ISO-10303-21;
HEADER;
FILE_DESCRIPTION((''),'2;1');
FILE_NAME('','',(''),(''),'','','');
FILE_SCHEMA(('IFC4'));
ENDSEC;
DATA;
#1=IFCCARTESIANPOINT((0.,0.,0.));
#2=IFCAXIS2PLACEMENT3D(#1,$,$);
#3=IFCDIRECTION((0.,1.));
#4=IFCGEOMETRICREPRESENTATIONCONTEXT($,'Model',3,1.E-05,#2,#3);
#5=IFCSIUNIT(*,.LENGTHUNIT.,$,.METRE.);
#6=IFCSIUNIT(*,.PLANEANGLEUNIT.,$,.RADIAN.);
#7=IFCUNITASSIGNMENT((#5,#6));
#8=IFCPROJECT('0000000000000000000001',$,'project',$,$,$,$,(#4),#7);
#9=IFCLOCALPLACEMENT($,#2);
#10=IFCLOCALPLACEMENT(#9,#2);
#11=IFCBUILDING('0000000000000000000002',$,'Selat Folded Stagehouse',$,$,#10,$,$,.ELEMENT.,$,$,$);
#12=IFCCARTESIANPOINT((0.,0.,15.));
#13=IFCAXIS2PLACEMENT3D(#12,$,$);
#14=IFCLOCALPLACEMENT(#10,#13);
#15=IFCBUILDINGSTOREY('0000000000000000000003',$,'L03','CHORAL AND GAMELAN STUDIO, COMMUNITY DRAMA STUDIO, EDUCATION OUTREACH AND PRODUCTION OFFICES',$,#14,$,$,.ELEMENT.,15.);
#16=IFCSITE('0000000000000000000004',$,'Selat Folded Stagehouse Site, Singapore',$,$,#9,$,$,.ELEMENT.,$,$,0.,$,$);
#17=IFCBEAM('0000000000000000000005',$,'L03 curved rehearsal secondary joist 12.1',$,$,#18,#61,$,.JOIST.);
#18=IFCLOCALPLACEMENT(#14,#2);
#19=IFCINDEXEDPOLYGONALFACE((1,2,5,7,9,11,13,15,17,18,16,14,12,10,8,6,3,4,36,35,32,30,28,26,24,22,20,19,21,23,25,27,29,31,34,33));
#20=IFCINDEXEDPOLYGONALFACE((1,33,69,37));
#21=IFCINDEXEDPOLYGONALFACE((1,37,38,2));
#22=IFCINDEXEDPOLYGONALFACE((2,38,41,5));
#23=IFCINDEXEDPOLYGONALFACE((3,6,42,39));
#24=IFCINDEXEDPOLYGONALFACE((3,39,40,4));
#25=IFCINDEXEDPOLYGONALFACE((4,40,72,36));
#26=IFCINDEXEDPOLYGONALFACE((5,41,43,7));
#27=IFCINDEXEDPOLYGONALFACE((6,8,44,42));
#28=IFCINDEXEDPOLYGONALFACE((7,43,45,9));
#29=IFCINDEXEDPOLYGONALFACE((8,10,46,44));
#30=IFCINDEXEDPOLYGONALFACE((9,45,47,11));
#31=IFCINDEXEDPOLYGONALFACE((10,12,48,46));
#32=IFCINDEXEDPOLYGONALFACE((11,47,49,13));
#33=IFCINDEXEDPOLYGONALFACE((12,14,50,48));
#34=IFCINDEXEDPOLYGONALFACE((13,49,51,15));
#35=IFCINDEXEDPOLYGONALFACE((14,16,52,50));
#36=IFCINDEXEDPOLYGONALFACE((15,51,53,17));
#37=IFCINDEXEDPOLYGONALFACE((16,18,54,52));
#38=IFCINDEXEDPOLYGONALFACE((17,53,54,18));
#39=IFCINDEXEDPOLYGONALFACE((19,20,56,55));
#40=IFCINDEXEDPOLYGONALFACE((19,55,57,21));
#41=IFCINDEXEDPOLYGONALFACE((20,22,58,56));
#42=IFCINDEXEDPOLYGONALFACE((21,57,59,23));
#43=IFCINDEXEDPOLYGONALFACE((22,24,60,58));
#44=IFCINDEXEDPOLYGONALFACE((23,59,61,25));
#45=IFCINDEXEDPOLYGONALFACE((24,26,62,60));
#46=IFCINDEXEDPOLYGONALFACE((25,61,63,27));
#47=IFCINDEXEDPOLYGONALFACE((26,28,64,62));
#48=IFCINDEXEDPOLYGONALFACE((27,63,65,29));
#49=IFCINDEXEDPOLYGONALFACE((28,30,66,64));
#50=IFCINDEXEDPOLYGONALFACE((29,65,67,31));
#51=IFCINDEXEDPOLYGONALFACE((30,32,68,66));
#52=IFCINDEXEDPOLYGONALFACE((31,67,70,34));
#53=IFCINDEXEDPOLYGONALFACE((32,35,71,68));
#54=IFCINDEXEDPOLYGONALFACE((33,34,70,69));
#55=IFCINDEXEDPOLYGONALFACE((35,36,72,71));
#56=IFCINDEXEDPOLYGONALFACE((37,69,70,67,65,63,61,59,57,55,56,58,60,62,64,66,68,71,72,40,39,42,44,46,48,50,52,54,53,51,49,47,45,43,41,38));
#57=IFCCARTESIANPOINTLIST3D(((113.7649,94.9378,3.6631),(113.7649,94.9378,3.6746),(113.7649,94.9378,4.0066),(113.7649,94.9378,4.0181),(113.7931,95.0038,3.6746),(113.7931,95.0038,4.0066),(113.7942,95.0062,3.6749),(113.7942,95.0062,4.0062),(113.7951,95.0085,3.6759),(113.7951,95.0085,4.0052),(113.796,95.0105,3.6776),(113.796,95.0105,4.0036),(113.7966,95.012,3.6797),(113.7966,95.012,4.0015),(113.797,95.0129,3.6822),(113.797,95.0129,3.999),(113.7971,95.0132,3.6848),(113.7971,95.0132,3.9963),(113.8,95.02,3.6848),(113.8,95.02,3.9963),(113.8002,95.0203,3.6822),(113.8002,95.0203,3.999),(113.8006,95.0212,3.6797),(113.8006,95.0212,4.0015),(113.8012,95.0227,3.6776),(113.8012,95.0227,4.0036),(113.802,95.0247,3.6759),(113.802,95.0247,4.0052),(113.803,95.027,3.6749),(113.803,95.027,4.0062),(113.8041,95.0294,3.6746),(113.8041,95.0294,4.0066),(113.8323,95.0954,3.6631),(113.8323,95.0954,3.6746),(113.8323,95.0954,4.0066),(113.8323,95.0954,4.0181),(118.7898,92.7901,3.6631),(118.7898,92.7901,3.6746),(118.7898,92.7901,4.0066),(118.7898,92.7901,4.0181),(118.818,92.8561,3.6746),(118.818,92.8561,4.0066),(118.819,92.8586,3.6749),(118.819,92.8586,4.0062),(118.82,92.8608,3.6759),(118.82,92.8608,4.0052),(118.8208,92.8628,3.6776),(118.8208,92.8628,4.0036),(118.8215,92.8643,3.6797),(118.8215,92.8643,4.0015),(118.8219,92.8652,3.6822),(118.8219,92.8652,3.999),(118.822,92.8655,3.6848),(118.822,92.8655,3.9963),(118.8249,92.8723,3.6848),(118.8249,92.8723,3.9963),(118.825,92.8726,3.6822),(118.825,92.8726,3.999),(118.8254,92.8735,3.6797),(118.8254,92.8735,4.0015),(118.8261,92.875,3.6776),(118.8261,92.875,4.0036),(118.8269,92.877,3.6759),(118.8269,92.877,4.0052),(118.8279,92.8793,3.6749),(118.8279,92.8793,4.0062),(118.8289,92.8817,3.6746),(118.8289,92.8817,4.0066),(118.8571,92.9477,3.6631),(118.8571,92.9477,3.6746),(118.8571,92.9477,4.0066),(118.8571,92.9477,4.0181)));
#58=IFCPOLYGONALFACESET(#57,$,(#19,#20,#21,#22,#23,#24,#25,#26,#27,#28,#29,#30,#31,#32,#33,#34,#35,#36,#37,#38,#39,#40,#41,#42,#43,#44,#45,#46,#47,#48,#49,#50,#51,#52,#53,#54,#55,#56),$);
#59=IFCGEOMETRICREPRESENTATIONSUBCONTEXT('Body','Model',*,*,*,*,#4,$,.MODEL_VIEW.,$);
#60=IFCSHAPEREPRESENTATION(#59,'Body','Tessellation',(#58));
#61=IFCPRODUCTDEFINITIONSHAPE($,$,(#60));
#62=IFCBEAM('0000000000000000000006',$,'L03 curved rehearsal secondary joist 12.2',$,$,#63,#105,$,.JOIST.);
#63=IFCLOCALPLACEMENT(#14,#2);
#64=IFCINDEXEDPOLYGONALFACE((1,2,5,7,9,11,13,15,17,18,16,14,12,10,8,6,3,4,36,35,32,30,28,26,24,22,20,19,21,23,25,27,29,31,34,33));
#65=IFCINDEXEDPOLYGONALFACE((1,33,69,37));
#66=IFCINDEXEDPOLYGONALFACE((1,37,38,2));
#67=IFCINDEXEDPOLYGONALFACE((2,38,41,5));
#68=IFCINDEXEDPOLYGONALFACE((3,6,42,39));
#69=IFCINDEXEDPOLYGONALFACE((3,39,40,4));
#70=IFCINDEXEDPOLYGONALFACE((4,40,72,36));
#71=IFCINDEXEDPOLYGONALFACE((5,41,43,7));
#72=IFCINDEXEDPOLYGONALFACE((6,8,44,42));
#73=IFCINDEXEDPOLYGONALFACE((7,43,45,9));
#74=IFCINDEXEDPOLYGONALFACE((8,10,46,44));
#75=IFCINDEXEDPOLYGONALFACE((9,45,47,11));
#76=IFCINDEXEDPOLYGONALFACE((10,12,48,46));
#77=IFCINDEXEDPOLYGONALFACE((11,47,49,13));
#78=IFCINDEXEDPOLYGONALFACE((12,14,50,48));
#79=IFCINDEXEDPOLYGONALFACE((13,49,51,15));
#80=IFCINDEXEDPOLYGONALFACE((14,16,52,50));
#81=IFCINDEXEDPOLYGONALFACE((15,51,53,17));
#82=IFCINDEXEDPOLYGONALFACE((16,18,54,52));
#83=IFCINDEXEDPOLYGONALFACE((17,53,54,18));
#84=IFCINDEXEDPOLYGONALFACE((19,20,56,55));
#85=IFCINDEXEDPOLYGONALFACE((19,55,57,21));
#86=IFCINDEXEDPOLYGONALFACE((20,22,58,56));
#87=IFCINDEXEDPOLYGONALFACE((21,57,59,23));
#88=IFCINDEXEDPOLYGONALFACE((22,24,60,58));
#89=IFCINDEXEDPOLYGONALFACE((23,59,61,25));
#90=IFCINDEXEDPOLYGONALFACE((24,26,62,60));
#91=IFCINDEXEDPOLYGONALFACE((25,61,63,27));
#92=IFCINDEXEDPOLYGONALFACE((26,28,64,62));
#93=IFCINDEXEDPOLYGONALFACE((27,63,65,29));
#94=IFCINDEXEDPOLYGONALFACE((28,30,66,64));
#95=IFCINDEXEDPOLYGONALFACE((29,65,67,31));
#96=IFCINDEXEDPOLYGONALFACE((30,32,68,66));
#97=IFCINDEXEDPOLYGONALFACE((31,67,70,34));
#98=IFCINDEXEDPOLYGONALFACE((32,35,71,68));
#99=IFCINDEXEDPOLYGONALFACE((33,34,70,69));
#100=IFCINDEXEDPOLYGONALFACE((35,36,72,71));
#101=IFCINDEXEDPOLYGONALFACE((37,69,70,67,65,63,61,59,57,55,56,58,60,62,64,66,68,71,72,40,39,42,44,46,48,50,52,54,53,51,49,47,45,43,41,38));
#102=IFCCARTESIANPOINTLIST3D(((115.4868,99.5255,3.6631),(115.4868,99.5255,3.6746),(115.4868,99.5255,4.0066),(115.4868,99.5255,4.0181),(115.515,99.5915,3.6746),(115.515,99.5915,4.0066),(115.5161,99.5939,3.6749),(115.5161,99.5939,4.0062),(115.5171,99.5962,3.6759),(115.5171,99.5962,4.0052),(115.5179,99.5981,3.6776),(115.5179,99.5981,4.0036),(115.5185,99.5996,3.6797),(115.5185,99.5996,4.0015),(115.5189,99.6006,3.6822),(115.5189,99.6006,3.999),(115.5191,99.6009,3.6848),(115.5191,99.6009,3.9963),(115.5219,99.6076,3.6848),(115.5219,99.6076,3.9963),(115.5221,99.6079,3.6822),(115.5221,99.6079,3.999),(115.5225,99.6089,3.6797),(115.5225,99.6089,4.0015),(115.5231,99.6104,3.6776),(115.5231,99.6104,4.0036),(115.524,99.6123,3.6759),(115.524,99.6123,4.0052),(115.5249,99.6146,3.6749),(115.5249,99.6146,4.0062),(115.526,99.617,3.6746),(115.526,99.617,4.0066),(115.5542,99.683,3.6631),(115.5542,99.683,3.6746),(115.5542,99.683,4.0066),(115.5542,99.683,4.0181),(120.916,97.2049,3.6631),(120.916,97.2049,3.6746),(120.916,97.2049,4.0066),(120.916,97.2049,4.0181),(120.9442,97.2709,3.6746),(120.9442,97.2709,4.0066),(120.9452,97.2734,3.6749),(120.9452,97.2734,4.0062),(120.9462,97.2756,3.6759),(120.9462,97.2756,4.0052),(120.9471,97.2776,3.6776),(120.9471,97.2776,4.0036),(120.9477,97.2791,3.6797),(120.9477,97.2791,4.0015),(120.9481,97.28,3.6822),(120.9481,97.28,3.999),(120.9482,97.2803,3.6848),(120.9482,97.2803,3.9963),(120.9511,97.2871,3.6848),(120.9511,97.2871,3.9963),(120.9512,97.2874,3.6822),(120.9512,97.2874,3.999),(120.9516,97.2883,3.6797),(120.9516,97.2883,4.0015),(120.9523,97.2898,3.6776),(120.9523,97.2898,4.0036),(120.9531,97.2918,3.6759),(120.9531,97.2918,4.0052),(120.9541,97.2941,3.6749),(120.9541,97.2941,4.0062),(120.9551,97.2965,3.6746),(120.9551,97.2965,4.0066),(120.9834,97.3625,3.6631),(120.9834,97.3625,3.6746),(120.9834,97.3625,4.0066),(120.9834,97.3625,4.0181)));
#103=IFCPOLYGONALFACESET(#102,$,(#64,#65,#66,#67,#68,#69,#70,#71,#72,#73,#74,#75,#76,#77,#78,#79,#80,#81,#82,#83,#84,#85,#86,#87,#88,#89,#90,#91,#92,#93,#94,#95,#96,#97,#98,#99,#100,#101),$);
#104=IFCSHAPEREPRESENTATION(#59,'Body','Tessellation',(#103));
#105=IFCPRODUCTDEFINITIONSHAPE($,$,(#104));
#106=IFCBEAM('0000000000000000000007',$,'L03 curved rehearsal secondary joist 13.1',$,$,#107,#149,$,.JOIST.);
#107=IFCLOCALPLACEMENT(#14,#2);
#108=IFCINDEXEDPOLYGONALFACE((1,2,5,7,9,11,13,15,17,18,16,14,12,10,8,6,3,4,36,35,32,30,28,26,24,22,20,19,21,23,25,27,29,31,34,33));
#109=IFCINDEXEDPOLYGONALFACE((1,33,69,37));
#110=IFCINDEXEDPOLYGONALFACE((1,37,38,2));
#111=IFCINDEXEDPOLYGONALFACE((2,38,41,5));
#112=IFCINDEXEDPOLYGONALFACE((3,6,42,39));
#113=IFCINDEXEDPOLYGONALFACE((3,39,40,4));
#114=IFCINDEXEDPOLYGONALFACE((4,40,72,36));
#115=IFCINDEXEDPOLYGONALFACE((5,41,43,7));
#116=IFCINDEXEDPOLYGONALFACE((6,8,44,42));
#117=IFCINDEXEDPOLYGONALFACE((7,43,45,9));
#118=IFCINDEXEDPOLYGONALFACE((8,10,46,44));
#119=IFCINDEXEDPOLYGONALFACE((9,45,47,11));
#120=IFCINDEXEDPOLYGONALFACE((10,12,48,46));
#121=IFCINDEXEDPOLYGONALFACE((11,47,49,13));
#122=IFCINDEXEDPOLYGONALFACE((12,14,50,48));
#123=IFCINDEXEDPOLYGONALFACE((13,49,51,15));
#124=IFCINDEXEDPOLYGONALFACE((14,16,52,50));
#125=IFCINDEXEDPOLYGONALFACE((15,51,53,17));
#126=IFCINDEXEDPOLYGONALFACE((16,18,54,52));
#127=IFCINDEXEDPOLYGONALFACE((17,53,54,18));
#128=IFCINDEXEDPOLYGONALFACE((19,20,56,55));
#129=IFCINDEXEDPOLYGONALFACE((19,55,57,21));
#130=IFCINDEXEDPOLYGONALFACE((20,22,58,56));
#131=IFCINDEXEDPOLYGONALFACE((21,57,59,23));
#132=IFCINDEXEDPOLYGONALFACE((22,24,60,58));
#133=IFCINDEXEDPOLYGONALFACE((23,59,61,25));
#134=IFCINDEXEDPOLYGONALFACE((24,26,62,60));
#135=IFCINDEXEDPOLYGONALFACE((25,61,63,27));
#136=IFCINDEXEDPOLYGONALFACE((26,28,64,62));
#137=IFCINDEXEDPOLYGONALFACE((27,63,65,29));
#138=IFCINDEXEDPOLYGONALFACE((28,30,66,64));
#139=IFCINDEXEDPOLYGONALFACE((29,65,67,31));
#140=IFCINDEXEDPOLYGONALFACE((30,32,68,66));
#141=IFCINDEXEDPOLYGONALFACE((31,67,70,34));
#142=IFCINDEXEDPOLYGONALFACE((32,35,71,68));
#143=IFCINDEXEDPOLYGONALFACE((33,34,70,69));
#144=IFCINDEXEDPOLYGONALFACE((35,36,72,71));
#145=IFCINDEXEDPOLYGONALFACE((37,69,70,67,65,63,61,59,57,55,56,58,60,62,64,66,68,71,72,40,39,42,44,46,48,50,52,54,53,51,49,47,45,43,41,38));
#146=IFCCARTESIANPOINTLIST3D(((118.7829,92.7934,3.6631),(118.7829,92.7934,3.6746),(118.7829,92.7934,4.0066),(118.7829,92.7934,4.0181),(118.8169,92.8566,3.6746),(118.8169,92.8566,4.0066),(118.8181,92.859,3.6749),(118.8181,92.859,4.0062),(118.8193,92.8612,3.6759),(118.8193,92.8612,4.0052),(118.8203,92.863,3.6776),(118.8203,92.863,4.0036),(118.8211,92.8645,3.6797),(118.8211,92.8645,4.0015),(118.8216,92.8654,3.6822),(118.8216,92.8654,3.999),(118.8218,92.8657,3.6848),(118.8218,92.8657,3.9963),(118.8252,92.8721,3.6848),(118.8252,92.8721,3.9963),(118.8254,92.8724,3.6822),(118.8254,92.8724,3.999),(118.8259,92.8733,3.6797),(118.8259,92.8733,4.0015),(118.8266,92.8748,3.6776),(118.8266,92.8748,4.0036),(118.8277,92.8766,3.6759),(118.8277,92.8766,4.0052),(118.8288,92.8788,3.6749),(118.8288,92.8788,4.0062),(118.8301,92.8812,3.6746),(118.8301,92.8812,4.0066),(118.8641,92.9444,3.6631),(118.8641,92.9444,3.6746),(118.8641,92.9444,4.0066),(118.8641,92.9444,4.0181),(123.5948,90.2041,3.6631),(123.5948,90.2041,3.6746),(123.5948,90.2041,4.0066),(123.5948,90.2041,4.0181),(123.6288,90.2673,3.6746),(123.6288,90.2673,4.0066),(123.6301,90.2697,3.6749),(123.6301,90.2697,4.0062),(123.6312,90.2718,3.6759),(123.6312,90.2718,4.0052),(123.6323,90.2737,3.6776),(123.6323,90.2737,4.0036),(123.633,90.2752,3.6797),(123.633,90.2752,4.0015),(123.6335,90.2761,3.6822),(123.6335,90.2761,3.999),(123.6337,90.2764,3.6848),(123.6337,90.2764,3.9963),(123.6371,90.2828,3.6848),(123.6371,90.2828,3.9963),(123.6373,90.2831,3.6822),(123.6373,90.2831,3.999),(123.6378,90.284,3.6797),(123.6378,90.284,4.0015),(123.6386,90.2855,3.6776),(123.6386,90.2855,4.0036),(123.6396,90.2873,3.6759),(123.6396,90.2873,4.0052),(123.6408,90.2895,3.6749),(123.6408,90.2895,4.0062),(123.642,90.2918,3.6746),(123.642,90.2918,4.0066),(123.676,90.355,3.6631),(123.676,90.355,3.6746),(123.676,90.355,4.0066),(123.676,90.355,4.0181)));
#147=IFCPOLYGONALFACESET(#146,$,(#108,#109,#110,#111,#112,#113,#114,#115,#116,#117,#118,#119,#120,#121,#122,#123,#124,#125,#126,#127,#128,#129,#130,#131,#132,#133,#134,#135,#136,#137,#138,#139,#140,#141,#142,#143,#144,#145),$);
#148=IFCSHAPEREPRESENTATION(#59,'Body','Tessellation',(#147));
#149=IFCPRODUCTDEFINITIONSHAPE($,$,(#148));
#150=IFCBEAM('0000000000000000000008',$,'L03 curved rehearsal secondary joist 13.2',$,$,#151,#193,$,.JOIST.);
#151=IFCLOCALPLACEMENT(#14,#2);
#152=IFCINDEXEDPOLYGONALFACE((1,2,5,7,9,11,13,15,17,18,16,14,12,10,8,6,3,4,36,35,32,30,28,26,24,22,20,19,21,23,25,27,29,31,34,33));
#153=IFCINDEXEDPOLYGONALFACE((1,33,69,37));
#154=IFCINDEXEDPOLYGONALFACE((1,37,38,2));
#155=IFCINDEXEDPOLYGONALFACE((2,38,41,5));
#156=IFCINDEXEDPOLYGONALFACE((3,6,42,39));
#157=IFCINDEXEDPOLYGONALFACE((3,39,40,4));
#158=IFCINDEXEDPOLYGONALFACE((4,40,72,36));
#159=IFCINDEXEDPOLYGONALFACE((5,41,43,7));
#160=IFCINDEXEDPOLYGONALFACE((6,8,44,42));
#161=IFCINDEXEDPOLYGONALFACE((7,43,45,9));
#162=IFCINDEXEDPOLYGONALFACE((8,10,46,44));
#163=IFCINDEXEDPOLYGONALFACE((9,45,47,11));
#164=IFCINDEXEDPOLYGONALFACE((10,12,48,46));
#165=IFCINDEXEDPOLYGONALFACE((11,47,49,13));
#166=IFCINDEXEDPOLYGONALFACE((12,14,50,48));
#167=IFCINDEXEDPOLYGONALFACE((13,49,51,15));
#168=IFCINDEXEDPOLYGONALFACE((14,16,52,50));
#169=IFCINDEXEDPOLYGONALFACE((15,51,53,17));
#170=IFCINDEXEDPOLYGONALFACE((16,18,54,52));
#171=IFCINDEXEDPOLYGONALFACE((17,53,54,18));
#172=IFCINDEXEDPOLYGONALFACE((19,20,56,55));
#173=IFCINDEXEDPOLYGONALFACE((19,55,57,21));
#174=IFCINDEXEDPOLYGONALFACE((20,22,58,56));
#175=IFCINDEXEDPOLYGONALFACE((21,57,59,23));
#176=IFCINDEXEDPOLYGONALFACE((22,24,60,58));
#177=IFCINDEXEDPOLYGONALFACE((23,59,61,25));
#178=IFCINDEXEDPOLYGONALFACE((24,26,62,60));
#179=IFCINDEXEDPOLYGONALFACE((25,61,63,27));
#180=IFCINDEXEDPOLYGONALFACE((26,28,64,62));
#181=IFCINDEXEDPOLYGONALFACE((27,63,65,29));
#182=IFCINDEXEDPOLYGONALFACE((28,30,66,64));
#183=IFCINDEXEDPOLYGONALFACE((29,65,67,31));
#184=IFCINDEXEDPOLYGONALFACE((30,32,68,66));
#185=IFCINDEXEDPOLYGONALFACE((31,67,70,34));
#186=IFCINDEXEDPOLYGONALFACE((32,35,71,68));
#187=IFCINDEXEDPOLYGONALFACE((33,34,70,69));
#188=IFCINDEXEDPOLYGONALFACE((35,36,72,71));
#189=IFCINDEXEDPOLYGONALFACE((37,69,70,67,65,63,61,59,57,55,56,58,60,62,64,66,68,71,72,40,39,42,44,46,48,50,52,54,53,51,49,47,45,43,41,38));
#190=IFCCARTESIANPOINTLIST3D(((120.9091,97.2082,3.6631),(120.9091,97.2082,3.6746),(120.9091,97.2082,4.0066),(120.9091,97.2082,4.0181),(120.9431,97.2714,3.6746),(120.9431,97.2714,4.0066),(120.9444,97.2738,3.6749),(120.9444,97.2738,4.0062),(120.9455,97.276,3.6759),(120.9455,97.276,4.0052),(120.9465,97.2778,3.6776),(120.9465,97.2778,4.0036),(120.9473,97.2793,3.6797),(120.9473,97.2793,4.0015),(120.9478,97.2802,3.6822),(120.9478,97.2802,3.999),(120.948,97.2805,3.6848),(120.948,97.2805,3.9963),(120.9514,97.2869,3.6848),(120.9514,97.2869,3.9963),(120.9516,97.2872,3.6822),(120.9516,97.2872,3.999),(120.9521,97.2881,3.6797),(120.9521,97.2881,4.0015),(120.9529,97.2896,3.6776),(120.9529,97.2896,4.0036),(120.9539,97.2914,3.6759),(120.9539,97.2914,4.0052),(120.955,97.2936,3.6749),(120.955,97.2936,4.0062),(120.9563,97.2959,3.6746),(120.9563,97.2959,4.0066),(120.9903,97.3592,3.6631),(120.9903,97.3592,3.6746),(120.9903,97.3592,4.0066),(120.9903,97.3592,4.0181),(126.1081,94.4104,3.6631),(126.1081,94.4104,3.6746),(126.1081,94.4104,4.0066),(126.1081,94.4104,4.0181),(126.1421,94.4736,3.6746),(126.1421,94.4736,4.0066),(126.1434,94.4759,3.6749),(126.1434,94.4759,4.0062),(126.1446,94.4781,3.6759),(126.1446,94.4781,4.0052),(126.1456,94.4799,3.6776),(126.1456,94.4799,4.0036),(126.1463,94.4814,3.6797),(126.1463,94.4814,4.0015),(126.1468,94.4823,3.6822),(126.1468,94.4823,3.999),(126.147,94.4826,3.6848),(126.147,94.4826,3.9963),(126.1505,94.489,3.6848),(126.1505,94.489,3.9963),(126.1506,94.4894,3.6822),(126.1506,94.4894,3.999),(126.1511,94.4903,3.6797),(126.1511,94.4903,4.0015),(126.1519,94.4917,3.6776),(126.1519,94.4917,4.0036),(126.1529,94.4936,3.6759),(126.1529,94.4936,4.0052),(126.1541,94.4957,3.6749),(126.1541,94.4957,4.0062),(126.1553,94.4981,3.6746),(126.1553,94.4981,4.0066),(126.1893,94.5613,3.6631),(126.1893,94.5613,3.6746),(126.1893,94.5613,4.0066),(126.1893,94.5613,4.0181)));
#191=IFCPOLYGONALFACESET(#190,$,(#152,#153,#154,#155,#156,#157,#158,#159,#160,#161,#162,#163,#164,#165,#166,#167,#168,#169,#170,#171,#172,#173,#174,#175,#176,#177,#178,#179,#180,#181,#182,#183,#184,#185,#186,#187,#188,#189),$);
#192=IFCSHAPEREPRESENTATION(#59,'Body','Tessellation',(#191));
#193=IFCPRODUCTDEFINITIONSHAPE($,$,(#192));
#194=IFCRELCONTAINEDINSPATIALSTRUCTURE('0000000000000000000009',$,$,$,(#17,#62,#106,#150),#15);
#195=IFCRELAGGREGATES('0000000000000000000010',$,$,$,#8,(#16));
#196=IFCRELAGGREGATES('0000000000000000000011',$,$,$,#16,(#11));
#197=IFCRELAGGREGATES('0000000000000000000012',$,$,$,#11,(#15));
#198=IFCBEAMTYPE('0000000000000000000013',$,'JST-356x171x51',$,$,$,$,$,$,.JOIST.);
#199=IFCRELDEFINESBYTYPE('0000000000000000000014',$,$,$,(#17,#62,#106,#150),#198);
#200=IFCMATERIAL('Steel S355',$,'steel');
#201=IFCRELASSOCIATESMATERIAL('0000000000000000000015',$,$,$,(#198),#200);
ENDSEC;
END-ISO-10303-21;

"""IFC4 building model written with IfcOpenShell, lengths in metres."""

from ifc_helpers import new_model, si_unit, direction, frame, origin, origin_2d, place, context, subcontext, project, spatial, i_section, extrude, material, material_profile, profile_set, type_object, element, save


model = new_model("IFC4")

# Units and contexts
model_context = context("Model", 3, precision=1e-05, world=origin(), true_north=direction((0.0, 1.0)))
body_context = subcontext(model_context, "Body", "Model", "MODEL_VIEW")
ifc_project = project(units=[si_unit("LENGTHUNIT", "METRE"), si_unit("PLANEANGLEUNIT", "RADIAN")], contexts=[model_context])

# Site, building, storey
site_placement = place(None, origin())
site = spatial("IfcSite", under=ifc_project, at=site_placement, Name="Selat Folded Stagehouse Site, Singapore", CompositionType="ELEMENT", RefElevation=0.0)
building_placement = place(site_placement, origin())
building = spatial("IfcBuilding", under=site, at=building_placement, Name="Selat Folded Stagehouse", CompositionType="ELEMENT")
storey_placement = place(building_placement, frame((0.0, 0.0, 15.0)))
storey = spatial("IfcBuildingStorey", under=building, at=storey_placement, Name="L03", Description="CHORAL AND GAMELAN STUDIO, COMMUNITY DRAMA STUDIO, EDUCATION OUTREACH AND PRODUCTION OFFICES", CompositionType="ELEMENT", Elevation=15.0)

# Shared definitions
ifc_material_1 = material(Name="Steel S355", Category="steel")

# Beams
ifc_material_profile_1 = material_profile(ifc_material_1, i_section(OverallWidth=0.1714, OverallDepth=0.355, WebThickness=0.0073, FlangeThickness=0.0115, FilletRadius=0.0103, at=origin_2d()), Name="UKB 356x171x51")
ifc_profile_set_1 = profile_set([ifc_material_profile_1], Name="Steel S355")
beam_type_1 = type_object("IfcBeamType", Name="JST-356x171x51", PredefinedType="JOIST", material=ifc_profile_set_1)
beam_1_placement = place(storey_placement, frame((113.7986, 95.0166, 3.8406), z_axis=(0.919531, -0.393019, 0.0), x_axis=(0.393019, 0.919531, 0.0)))
element("IfcBeam", 1, at=beam_1_placement, inside=storey, type_object=beam_type_1, Name="L03 curved rehearsal secondary joist 12.1", PredefinedType="JOIST", context=body_context, shape_type="SweptSolid", body=[
    extrude(i_section(OverallWidth=0.1714, OverallDepth=0.355, WebThickness=0.0073, FlangeThickness=0.0115, FilletRadius=0.0103, at=origin_2d()), origin(), (0.0, 0.0, 1.0), 5.4646),
])
beam_2_placement = place(storey_placement, frame((115.5205, 99.6042, 3.8406), z_axis=(0.919527, -0.393026, 0.0), x_axis=(0.393026, 0.919527, 0.0)))
element("IfcBeam", 2, at=beam_2_placement, inside=storey, type_object=beam_type_1, Name="L03 curved rehearsal secondary joist 12.2", PredefinedType="JOIST", context=body_context, shape_type="SweptSolid", body=[
    extrude(i_section(OverallWidth=0.1714, OverallDepth=0.355, WebThickness=0.0073, FlangeThickness=0.0115, FilletRadius=0.0103, at=origin_2d()), origin(), (0.0, 0.0, 1.0), 5.9043),
])
beam_3_placement = place(storey_placement, frame((118.8235, 92.8689, 3.8406), z_axis=(0.880603, -0.473855, 0.0), x_axis=(0.473855, 0.880603, 0.0)))
element("IfcBeam", 3, at=beam_3_placement, inside=storey, type_object=beam_type_1, Name="L03 curved rehearsal secondary joist 13.1", PredefinedType="JOIST", context=body_context, shape_type="SweptSolid", body=[
    extrude(i_section(OverallWidth=0.1714, OverallDepth=0.355, WebThickness=0.0073, FlangeThickness=0.0115, FilletRadius=0.0103, at=origin_2d()), origin(), (0.0, 0.0, 1.0), 5.4644),
])
beam_4_placement = place(storey_placement, frame((120.9497, 97.2837, 3.8406), z_axis=(0.880584, -0.47389, 0.0), x_axis=(0.47389, 0.880584, 0.0)))
element("IfcBeam", 4, at=beam_4_placement, inside=storey, type_object=beam_type_1, Name="L03 curved rehearsal secondary joist 13.2", PredefinedType="JOIST", context=body_context, shape_type="SweptSolid", body=[
    extrude(i_section(OverallWidth=0.1714, OverallDepth=0.355, WebThickness=0.0073, FlangeThickness=0.0115, FilletRadius=0.0103, at=origin_2d()), origin(), (0.0, 0.0, 1.0), 5.9041),
])

save(model, "model.ifc")
